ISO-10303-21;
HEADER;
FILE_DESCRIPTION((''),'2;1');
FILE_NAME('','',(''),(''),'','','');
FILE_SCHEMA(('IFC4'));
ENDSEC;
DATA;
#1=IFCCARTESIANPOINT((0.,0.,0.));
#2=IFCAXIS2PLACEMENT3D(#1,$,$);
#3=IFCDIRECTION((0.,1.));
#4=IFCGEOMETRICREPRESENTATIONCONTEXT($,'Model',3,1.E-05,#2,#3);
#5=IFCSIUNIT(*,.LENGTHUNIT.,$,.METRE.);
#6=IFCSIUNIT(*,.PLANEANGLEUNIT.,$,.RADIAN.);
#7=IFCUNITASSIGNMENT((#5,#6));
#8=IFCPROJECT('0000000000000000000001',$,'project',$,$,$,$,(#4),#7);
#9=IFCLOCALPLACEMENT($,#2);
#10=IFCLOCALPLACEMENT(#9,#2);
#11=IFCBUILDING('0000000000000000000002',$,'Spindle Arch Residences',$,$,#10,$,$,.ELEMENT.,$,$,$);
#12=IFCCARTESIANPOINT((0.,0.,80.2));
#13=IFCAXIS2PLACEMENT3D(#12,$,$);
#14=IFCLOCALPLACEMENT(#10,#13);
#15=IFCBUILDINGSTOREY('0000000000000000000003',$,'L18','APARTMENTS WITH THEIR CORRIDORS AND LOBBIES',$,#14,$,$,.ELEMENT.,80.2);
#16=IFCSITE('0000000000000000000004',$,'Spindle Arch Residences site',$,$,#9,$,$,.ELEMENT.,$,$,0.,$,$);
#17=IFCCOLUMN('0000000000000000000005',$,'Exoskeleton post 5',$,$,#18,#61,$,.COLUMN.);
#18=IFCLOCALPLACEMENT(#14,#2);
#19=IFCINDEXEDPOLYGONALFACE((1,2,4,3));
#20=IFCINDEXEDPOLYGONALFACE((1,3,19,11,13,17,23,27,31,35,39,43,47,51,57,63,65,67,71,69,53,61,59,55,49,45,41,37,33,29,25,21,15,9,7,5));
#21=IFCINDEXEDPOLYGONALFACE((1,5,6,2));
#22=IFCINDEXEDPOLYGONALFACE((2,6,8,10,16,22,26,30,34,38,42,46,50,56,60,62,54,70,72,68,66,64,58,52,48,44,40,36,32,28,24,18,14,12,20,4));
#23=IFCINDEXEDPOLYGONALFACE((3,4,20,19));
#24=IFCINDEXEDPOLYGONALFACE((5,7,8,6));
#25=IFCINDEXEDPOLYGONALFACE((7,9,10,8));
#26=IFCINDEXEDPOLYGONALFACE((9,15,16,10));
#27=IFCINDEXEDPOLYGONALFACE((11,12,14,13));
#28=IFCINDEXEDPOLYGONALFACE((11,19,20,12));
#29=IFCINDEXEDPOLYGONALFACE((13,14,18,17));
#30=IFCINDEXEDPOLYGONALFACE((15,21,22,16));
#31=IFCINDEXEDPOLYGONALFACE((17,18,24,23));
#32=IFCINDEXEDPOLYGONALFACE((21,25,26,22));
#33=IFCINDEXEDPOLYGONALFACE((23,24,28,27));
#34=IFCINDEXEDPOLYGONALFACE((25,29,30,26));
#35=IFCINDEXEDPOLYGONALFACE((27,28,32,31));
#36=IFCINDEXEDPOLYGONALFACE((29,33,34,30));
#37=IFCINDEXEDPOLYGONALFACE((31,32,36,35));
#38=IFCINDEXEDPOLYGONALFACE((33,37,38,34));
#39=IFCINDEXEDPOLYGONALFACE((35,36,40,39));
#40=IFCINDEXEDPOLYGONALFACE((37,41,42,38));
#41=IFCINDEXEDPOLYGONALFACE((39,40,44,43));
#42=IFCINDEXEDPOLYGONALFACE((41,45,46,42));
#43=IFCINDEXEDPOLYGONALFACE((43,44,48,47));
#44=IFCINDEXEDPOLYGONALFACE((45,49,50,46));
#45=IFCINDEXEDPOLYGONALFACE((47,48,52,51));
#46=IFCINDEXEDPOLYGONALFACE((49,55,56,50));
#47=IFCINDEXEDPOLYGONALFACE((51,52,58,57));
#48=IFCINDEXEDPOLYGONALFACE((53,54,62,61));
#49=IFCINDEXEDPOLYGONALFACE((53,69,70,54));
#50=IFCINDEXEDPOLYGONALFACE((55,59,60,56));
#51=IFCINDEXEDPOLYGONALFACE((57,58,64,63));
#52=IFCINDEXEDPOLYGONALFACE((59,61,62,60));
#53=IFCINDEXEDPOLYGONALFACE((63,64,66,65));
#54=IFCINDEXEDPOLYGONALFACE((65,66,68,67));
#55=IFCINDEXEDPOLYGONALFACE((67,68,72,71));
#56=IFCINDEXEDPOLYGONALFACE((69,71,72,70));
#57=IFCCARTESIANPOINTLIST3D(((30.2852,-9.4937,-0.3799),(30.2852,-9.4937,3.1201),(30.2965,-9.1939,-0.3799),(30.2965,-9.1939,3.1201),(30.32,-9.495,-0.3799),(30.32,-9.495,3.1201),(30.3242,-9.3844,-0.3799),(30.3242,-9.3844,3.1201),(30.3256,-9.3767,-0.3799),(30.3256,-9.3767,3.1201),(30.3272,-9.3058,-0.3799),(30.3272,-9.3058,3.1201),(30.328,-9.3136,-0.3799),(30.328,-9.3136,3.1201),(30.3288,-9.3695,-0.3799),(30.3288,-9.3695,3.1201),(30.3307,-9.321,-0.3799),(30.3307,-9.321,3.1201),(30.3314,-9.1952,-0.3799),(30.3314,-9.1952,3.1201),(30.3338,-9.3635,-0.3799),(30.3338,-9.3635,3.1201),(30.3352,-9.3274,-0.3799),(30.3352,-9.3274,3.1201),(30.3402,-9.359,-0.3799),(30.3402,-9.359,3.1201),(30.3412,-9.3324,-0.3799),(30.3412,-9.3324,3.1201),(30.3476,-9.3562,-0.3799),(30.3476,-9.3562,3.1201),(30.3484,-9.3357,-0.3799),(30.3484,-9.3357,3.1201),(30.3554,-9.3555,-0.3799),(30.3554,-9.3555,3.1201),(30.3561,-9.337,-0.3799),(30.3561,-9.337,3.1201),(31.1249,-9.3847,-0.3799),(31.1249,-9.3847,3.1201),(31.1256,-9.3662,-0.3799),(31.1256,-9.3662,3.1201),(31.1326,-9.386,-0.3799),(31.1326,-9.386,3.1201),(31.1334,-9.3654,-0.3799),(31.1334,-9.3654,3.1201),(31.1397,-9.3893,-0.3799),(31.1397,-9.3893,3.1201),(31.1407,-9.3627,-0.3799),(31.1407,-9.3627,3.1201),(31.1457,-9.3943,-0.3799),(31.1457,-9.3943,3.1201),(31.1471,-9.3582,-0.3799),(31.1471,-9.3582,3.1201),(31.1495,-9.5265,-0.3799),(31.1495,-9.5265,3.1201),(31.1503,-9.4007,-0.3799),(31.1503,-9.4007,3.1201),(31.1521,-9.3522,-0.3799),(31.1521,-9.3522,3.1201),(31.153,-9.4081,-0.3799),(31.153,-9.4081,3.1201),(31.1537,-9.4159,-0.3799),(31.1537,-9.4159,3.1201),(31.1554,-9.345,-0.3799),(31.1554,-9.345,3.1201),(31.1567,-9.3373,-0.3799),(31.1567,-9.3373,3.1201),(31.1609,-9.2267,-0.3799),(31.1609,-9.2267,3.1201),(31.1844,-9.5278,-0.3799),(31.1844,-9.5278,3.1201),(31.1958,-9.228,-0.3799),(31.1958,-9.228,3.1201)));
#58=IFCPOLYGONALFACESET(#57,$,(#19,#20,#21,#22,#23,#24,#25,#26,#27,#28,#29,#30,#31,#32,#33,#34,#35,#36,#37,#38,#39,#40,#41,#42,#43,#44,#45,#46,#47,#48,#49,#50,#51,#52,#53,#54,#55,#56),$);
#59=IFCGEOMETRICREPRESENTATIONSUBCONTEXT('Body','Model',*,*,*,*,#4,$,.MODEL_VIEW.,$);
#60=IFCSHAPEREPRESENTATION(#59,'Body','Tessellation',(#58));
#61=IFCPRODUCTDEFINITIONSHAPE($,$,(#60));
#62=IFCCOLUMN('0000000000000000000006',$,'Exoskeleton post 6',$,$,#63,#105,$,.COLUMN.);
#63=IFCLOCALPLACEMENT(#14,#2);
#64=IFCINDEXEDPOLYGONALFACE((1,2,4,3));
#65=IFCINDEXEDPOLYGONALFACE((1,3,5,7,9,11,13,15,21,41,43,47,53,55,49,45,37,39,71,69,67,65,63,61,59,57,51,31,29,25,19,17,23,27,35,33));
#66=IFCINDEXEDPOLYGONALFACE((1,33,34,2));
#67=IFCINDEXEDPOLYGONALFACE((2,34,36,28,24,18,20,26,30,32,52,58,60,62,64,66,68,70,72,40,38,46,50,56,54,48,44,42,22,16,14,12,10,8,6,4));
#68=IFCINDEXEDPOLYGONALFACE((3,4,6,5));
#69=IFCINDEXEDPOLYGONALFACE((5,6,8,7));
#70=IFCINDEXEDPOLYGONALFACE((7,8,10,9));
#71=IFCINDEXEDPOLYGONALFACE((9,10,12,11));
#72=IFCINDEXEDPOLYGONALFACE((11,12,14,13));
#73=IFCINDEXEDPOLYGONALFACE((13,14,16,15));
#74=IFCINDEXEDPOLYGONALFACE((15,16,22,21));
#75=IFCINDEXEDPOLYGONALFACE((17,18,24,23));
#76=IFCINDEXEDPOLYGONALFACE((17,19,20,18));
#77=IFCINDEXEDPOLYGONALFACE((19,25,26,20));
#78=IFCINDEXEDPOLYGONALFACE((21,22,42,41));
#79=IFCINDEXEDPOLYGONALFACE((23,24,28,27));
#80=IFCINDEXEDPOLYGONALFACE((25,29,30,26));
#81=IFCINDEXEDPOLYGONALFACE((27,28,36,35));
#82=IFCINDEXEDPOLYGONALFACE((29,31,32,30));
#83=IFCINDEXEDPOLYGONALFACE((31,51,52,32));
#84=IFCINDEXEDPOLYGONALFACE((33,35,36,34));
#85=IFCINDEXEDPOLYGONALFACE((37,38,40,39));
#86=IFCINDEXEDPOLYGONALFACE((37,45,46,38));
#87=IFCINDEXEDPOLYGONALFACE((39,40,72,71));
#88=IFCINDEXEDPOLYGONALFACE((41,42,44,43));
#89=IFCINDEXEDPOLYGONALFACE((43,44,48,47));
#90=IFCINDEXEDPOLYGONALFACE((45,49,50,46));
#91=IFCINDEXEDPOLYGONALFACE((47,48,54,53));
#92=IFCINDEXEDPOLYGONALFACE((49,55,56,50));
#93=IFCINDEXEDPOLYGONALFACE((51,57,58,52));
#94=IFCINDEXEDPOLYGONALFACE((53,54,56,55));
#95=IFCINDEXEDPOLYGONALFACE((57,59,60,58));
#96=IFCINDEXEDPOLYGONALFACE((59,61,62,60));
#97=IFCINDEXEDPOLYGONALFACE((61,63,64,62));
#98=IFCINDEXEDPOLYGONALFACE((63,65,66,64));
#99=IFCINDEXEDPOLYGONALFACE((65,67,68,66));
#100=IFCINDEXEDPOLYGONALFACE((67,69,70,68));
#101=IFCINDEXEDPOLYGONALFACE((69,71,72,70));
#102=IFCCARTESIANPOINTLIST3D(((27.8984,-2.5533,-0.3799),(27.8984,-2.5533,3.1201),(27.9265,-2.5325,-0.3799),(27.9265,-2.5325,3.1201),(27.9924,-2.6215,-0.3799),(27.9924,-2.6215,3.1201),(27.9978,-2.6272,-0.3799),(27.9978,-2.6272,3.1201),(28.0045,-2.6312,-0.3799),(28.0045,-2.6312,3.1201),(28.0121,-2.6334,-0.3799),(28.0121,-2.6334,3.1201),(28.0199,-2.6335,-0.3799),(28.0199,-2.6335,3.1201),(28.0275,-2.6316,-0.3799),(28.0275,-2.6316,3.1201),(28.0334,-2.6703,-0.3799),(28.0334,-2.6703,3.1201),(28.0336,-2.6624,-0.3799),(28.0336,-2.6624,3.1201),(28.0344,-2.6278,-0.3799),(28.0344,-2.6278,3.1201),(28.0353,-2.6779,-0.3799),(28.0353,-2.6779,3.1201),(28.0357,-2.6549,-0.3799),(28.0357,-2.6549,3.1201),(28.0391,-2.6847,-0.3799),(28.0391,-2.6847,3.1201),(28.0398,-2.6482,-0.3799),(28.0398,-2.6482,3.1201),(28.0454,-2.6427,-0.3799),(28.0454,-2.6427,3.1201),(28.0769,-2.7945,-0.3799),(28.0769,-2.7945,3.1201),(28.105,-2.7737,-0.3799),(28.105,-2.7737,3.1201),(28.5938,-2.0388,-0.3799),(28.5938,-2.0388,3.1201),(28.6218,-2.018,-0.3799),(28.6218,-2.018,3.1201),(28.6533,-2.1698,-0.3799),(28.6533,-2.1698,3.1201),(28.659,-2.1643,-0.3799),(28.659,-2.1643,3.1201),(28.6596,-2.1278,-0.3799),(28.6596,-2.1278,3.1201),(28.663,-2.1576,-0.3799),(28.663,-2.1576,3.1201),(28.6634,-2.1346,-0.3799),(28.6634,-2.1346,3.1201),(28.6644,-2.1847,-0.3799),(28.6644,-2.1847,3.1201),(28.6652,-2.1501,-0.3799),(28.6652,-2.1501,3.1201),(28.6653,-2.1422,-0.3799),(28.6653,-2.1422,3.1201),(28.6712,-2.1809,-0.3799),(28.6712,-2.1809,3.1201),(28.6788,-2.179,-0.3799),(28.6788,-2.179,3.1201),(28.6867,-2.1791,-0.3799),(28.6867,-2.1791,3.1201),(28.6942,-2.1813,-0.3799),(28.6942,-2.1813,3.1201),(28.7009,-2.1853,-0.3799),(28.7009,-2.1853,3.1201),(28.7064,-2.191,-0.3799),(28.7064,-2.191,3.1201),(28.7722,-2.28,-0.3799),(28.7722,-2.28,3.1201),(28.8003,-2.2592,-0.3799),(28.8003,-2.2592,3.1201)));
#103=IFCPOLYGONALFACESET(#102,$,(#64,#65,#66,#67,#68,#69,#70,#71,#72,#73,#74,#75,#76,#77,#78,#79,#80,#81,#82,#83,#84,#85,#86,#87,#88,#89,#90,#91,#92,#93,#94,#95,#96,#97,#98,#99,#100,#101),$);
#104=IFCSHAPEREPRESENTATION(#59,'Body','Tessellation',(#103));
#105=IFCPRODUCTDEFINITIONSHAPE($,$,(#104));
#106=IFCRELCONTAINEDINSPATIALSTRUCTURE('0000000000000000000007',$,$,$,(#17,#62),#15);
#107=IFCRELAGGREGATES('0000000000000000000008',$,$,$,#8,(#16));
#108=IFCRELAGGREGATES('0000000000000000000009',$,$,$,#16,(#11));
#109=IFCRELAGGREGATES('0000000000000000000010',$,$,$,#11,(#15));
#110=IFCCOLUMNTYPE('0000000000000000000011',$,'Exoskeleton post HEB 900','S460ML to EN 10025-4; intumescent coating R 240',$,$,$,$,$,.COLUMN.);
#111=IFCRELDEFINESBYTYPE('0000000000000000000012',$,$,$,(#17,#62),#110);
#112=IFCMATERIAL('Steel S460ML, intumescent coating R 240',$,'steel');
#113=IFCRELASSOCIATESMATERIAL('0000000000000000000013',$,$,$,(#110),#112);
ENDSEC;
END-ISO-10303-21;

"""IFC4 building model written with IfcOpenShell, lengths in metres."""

from ifc_helpers import new_model, si_unit, direction, frame, origin, origin_2d, place, context, subcontext, project, spatial, i_section, extrude, material, material_profile, profile_set, type_object, element, save


model = new_model("IFC4")

# Units and contexts
model_context = context("Model", 3, precision=1e-05, world=origin(), true_north=direction((0.0, 1.0)))
body_context = subcontext(model_context, "Body", "Model", "MODEL_VIEW")
ifc_project = project(units=[si_unit("LENGTHUNIT", "METRE"), si_unit("PLANEANGLEUNIT", "RADIAN")], contexts=[model_context])

# Site, building, storey
site_placement = place(None, origin())
site = spatial("IfcSite", under=ifc_project, at=site_placement, Name="Spindle Arch Residences site", CompositionType="ELEMENT", RefElevation=0.0)
building_placement = place(site_placement, origin())
building = spatial("IfcBuilding", under=site, at=building_placement, Name="Spindle Arch Residences", CompositionType="ELEMENT")
storey_placement = place(building_placement, frame((0.0, 0.0, 80.2)))
storey = spatial("IfcBuildingStorey", under=building, at=storey_placement, Name="L18", Description="APARTMENTS WITH THEIR CORRIDORS AND LOBBIES", CompositionType="ELEMENT", Elevation=80.2)

# Columns
ifc_material_1 = material(Name="Steel S460ML, intumescent coating R 240", Category="steel")
ifc_material_profile_1 = material_profile(ifc_material_1, i_section(OverallWidth=0.3, OverallDepth=0.8999, WebThickness=0.0186, FlangeThickness=0.0349, FilletRadius=0.03, at=origin_2d()), Name="HEB 900")
ifc_profile_set_1 = profile_set([ifc_material_profile_1], Name="Steel S460ML, intumescent coating R 240")
column_type_1 = type_object("IfcColumnType", Name="Exoskeleton post HEB 900", Description="S460ML to EN 10025-4; intumescent coating R 240", PredefinedType="COLUMN", material=ifc_profile_set_1)
for number, where, z_axis, x_axis, name in (
    (1, (30.7405, -9.3608, -0.3799), (0.0, 0.0, 1.0), (-0.037924, -0.999281, 0.0), "Exoskeleton post 5"),
    (2, (28.3494, -2.4062, -0.3799), (0.0, 0.0, 1.0), (0.594823, -0.803857, 0.0), "Exoskeleton post 6"),
):
    element("IfcColumn", number, at=place(storey_placement, frame(where, z_axis=z_axis, x_axis=x_axis)), inside=storey, type_object=column_type_1, Name=name, PredefinedType="COLUMN", context=body_context, shape_type="SweptSolid", body=[
        extrude(i_section(OverallWidth=0.3, OverallDepth=0.8999, WebThickness=0.0186, FlangeThickness=0.0349, FilletRadius=0.03, at=origin_2d()), origin(), (0.0, 0.0, 1.0), 3.5),
    ])

save(model, "model.ifc")
